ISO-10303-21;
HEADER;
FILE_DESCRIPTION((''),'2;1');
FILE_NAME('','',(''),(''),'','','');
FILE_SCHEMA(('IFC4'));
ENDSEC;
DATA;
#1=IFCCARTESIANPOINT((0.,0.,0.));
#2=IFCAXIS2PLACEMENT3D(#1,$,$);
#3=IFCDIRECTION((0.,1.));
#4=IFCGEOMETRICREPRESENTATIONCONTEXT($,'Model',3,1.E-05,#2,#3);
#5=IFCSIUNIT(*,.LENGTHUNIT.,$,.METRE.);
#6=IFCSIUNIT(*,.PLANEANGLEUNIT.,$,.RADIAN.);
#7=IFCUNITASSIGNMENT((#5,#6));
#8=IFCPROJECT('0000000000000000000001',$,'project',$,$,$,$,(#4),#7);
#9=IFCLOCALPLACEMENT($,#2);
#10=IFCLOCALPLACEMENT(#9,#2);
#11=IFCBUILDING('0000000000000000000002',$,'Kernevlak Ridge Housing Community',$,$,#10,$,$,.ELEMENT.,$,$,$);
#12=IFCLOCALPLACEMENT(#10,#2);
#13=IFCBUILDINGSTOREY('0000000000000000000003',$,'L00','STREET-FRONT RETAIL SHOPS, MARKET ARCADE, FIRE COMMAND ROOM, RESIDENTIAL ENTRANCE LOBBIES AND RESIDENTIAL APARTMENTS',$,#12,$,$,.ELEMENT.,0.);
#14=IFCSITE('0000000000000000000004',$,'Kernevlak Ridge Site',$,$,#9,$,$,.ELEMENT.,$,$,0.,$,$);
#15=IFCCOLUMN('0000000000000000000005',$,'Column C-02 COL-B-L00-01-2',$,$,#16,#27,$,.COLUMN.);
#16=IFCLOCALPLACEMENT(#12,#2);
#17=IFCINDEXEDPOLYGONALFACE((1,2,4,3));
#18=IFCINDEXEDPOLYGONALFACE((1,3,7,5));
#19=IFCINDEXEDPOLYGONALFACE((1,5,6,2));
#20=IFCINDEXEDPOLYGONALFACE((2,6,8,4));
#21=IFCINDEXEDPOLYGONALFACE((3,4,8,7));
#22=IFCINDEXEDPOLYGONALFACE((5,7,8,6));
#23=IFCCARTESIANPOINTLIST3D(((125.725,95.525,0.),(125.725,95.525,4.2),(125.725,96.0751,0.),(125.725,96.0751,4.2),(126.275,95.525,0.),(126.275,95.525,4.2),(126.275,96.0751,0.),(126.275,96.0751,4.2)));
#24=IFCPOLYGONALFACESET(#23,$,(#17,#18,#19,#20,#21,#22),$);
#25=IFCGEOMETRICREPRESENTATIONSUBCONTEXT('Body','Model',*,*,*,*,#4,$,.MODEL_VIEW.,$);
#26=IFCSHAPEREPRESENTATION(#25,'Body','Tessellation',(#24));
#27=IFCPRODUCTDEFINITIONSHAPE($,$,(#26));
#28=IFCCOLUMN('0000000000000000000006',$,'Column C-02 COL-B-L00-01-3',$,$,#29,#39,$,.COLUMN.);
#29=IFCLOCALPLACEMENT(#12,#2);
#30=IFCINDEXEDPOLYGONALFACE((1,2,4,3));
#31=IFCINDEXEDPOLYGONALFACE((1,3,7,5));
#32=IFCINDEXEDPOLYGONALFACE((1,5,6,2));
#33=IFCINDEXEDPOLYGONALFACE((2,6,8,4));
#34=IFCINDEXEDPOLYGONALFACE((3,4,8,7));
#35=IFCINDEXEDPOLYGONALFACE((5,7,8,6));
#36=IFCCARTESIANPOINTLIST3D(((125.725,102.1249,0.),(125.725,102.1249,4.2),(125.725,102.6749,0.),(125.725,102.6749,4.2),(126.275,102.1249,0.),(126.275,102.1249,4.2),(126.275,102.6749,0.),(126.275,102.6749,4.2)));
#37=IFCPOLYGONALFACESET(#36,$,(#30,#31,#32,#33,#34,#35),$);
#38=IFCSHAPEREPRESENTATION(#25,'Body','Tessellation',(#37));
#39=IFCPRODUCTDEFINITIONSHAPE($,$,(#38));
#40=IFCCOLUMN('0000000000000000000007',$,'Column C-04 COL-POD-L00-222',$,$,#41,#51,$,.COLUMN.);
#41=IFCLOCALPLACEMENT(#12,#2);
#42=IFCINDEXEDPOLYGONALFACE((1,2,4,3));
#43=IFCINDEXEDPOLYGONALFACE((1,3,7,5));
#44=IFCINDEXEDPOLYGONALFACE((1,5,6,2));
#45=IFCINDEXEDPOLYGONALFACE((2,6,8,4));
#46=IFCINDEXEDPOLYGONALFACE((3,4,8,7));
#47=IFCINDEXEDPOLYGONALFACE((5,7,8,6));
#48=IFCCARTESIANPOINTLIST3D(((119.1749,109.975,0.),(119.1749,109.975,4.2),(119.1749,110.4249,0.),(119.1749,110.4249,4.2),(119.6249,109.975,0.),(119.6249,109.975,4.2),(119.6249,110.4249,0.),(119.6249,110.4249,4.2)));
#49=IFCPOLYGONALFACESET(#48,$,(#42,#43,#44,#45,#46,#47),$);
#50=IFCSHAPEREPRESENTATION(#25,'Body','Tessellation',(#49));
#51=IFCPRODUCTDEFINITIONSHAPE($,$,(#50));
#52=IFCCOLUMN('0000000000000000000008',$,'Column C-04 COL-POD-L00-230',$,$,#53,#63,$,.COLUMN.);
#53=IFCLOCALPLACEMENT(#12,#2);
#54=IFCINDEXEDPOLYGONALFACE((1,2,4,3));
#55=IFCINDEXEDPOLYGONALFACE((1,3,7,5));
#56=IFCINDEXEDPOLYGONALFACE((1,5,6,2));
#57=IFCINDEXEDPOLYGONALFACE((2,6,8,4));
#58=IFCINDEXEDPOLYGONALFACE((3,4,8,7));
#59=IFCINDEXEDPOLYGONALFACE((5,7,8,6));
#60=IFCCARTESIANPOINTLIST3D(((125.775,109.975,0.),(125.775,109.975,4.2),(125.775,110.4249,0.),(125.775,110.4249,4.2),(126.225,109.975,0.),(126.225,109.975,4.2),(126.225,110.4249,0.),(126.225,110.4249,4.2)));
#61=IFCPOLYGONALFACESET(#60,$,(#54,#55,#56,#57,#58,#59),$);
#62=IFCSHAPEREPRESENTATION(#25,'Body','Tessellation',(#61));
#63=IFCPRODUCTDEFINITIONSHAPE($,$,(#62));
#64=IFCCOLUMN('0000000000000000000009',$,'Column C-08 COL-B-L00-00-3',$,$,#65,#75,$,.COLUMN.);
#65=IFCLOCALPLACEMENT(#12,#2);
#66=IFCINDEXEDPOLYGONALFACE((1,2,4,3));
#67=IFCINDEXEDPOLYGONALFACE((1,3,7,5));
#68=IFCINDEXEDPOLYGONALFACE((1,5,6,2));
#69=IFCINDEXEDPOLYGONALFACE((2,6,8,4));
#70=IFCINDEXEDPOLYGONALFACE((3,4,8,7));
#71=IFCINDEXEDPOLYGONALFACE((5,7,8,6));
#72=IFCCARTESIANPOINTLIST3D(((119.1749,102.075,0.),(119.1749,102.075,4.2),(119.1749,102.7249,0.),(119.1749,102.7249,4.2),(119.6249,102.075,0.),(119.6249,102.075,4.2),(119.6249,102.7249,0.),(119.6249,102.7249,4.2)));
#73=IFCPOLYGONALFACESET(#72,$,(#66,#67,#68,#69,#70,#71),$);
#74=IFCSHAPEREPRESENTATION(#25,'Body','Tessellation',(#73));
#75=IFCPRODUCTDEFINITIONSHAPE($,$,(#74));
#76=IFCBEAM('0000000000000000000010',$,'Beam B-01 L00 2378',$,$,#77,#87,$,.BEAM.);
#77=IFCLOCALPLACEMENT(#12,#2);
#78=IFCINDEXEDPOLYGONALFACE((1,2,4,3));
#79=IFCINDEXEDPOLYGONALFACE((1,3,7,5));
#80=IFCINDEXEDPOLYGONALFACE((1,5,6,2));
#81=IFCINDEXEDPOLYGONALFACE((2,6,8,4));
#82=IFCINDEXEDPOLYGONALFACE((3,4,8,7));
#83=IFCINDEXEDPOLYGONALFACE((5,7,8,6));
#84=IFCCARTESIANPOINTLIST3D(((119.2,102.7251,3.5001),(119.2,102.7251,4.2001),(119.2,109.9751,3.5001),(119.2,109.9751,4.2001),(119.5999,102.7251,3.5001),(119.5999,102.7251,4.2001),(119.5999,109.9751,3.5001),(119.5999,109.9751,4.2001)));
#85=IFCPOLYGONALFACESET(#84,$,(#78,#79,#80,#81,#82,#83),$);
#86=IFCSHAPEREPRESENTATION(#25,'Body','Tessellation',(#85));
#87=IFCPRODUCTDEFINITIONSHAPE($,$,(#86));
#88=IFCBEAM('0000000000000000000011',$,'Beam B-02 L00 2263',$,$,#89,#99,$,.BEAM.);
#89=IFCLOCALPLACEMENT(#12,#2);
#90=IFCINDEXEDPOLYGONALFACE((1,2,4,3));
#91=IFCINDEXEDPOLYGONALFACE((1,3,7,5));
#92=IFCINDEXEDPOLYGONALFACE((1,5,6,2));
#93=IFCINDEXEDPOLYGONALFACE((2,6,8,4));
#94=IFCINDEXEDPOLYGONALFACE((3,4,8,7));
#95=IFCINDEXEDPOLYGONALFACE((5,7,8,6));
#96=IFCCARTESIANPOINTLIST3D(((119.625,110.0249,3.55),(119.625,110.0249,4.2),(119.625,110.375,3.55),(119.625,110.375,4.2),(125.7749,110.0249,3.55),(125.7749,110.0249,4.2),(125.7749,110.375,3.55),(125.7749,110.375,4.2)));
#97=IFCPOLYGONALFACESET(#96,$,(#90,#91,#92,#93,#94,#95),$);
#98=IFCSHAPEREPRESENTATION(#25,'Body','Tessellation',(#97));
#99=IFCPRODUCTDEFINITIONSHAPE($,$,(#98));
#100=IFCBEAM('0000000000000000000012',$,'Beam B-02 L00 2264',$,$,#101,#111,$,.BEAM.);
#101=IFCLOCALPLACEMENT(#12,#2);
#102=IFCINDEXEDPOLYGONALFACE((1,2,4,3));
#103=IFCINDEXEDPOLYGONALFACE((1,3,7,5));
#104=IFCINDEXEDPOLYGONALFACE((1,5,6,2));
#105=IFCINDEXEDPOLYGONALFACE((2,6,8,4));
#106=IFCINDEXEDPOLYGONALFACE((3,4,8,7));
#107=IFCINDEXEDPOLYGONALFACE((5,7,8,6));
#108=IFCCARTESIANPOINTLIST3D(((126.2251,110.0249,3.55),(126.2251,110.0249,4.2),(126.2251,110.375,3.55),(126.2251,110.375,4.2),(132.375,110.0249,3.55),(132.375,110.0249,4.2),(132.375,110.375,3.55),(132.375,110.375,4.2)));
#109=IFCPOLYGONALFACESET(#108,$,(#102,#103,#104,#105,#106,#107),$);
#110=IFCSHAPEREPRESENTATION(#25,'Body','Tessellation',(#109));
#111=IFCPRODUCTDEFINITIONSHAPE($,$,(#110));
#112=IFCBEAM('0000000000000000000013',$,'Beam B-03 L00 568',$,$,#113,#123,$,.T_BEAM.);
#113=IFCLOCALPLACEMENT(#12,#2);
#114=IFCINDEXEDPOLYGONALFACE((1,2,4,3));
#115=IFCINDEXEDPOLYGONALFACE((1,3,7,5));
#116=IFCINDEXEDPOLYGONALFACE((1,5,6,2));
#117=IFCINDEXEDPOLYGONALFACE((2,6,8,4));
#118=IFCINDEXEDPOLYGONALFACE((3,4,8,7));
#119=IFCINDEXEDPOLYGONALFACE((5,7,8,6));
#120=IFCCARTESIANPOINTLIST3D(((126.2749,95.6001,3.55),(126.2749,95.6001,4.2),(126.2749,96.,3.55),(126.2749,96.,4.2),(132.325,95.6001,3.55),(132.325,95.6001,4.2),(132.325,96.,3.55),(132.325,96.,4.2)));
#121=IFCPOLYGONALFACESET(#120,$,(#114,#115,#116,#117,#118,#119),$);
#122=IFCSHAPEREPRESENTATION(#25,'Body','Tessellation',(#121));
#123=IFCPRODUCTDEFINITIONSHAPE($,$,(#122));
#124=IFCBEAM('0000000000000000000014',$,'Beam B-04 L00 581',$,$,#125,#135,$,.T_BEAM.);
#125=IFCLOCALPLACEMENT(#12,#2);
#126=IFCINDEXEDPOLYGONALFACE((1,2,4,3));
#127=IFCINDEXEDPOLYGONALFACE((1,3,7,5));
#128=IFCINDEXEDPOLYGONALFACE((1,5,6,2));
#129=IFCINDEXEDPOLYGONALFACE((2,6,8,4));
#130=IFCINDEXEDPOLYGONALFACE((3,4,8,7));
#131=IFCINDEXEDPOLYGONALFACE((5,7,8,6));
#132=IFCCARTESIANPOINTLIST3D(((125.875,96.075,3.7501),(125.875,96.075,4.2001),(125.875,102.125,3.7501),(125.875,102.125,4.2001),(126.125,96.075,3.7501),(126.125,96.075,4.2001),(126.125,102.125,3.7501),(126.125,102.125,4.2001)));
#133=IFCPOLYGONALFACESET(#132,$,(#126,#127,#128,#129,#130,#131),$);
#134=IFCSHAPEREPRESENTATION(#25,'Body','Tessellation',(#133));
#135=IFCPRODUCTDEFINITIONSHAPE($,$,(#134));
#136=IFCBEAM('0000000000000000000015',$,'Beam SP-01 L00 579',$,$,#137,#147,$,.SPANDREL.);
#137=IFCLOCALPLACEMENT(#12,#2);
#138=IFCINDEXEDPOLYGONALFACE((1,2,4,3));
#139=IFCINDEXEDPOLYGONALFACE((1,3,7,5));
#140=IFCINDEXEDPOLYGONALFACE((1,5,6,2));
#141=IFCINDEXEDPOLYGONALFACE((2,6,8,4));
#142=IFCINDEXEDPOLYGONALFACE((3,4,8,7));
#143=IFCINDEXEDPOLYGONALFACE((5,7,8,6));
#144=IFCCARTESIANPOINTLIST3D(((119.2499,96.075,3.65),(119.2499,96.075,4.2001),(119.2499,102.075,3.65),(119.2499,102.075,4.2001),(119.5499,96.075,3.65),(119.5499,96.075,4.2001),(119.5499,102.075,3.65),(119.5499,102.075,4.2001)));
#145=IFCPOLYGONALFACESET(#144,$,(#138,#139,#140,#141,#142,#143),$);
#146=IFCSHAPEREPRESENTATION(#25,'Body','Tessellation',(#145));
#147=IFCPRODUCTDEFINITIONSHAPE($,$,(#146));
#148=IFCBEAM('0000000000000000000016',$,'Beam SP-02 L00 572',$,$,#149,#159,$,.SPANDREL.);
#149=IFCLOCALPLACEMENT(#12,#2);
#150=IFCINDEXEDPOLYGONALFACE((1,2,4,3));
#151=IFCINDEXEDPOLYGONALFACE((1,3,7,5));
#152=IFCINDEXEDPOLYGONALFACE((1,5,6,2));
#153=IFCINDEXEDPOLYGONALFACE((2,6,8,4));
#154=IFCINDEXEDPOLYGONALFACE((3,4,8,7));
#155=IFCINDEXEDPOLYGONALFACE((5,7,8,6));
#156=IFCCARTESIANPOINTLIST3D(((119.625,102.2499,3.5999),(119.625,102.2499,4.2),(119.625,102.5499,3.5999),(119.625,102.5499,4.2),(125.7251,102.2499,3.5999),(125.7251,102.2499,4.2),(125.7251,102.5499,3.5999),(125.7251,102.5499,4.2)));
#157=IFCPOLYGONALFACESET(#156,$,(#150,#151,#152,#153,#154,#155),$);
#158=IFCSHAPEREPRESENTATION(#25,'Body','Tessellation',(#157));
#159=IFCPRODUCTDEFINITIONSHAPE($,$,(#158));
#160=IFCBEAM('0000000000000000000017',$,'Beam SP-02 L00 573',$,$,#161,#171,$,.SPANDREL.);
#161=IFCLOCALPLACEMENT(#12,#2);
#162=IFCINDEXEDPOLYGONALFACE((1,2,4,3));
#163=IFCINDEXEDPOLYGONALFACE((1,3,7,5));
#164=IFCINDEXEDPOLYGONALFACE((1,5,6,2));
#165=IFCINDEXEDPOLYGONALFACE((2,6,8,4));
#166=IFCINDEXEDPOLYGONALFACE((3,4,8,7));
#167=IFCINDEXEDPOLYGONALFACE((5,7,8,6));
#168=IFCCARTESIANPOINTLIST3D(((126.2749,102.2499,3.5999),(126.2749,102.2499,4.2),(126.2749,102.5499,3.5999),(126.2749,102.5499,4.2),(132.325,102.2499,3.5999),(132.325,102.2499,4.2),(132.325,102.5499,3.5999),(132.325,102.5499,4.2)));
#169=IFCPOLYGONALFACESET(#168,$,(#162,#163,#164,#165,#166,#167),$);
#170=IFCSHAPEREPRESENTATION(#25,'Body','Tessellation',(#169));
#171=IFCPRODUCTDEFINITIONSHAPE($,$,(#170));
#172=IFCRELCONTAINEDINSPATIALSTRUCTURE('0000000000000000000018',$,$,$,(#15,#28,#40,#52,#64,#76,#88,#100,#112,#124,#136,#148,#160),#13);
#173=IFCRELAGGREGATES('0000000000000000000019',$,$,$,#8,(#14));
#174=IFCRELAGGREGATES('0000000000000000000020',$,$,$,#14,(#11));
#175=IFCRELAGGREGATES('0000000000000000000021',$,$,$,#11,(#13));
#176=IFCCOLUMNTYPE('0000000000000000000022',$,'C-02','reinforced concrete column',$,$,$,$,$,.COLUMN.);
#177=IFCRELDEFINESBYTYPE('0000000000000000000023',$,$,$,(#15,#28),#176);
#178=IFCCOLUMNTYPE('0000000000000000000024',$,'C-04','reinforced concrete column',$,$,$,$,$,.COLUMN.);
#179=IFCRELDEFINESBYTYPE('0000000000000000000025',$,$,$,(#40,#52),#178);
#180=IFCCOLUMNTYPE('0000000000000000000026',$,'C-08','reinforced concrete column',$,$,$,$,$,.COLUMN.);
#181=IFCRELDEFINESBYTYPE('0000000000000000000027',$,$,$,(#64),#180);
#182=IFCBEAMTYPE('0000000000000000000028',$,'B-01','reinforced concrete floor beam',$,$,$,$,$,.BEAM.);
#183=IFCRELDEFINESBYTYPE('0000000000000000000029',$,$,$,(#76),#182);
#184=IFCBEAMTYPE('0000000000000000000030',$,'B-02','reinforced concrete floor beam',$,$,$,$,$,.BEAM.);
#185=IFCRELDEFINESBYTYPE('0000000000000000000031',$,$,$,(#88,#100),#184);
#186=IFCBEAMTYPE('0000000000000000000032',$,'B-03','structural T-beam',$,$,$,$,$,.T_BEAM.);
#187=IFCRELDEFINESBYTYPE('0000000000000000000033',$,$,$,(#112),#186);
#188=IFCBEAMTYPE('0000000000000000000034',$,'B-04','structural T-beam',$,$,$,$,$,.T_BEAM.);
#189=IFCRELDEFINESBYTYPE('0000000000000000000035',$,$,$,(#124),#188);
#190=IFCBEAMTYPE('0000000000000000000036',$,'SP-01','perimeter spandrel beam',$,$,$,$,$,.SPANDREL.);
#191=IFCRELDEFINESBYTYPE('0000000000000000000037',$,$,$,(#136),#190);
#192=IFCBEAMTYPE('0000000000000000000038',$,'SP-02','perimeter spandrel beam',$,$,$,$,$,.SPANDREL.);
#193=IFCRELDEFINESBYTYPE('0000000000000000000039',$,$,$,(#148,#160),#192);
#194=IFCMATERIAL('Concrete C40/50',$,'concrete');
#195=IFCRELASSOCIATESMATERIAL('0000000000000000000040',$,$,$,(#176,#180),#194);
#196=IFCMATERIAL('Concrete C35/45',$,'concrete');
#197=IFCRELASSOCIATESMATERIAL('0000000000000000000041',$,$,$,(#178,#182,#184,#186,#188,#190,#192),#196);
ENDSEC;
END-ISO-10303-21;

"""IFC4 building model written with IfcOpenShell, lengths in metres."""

from ifc_helpers import new_model, si_unit, direction, frame, origin, origin_2d, place, context, subcontext, project, spatial, rectangle, extrude, material, material_profile, profile_set, type_object, element, save


model = new_model("IFC4")

# Units and contexts
model_context = context("Model", 3, precision=1e-05, world=origin(), true_north=direction((0.0, 1.0)))
body_context = subcontext(model_context, "Body", "Model", "MODEL_VIEW")
ifc_project = project(units=[si_unit("LENGTHUNIT", "METRE"), si_unit("PLANEANGLEUNIT", "RADIAN")], contexts=[model_context])

# Site, building, storey
site_placement = place(None, origin())
site = spatial("IfcSite", under=ifc_project, at=site_placement, Name="Kernevlak Ridge Site", CompositionType="ELEMENT", RefElevation=0.0)
building_placement = place(site_placement, origin())
building = spatial("IfcBuilding", under=site, at=building_placement, Name="Kernevlak Ridge Housing Community", CompositionType="ELEMENT")
storey_placement = place(building_placement, origin())
storey = spatial("IfcBuildingStorey", under=building, at=storey_placement, Name="L00", Description="STREET-FRONT RETAIL SHOPS, MARKET ARCADE, FIRE COMMAND ROOM, RESIDENTIAL ENTRANCE LOBBIES AND RESIDENTIAL APARTMENTS", CompositionType="ELEMENT", Elevation=0.0)

# Columns
ifc_material_1 = material(Name="Concrete C40/50", Category="concrete")
ifc_material_profile_1 = material_profile(ifc_material_1, rectangle(XDim=0.55, YDim=0.55, at=origin_2d()), Name="RC 550x550")
ifc_profile_set_1 = profile_set([ifc_material_profile_1], Name="Concrete C40/50")
column_type_1 = type_object("IfcColumnType", Name="C-02", Description="reinforced concrete column", PredefinedType="COLUMN", material=ifc_profile_set_1)
for number, where, z_axis, x_axis, name in (
    (1, (126.0, 95.8, 0.0), (0.0, 0.0, 1.0), (1.0, 0.0, 0.0), "Column C-02 COL-B-L00-01-2"),
    (2, (126.0, 102.3999, 0.0), (0.0, 0.0, 1.0), (1.0, 0.0, 0.0), "Column C-02 COL-B-L00-01-3"),
):
    element("IfcColumn", number, at=place(storey_placement, frame(where, z_axis=z_axis, x_axis=x_axis)), inside=storey, type_object=column_type_1, Name=name, PredefinedType="COLUMN", context=body_context, shape_type="SweptSolid", body=[
        extrude(rectangle(XDim=0.55, YDim=0.55, at=origin_2d()), origin(), (0.0, 0.0, 1.0), 4.2),
    ])
ifc_material_2 = material(Name="Concrete C35/45", Category="concrete")
ifc_material_profile_2 = material_profile(ifc_material_2, rectangle(XDim=0.45, YDim=0.45, at=origin_2d()), Name="RC 450x450")
ifc_profile_set_2 = profile_set([ifc_material_profile_2], Name="Concrete C35/45")
column_type_2 = type_object("IfcColumnType", Name="C-04", Description="reinforced concrete column", PredefinedType="COLUMN", material=ifc_profile_set_2)
for number, where, z_axis, x_axis, name in (
    (3, (119.3999, 110.2, 0.0), (0.0, 0.0, 1.0), (1.0, 0.0, 0.0), "Column C-04 COL-POD-L00-222"),
    (4, (126.0, 110.2, 0.0), (0.0, 0.0, 1.0), (1.0, 0.0, 0.0), "Column C-04 COL-POD-L00-230"),
):
    element("IfcColumn", number, at=place(storey_placement, frame(where, z_axis=z_axis, x_axis=x_axis)), inside=storey, type_object=column_type_2, Name=name, PredefinedType="COLUMN", context=body_context, shape_type="SweptSolid", body=[
        extrude(rectangle(XDim=0.45, YDim=0.45, at=origin_2d()), origin(), (0.0, 0.0, 1.0), 4.2),
    ])
ifc_material_profile_3 = material_profile(ifc_material_1, rectangle(XDim=0.45, YDim=0.6499, at=origin_2d()), Name="RC 450x650")
ifc_profile_set_3 = profile_set([ifc_material_profile_3], Name="Concrete C40/50")
column_type_3 = type_object("IfcColumnType", Name="C-08", Description="reinforced concrete column", PredefinedType="COLUMN", material=ifc_profile_set_3)
column_placement = place(storey_placement, frame((119.3999, 102.3999, 0.0), z_axis=(0.0, 0.0, 1.0), x_axis=(1.0, 0.0, 0.0)))
element("IfcColumn", 5, at=column_placement, inside=storey, type_object=column_type_3, Name="Column C-08 COL-B-L00-00-3", PredefinedType="COLUMN", context=body_context, shape_type="SweptSolid", body=[
    extrude(rectangle(XDim=0.45, YDim=0.6499, at=origin_2d()), origin(), (0.0, 0.0, 1.0), 4.2),
])

# Beams
ifc_material_profile_4 = material_profile(ifc_material_2, rectangle(XDim=0.3999, YDim=0.7, at=origin_2d()), Name="RC 400x700")
ifc_profile_set_4 = profile_set([ifc_material_profile_4], Name="Concrete C35/45")
beam_type_1 = type_object("IfcBeamType", Name="B-01", Description="reinforced concrete floor beam", PredefinedType="BEAM", material=ifc_profile_set_4)
beam_1_placement = place(storey_placement, frame((119.3999, 102.7251, 3.8501), z_axis=(0.0, 1.0, 0.0), x_axis=(-1.0, 0.0, 0.0)))
element("IfcBeam", 6, at=beam_1_placement, inside=storey, type_object=beam_type_1, Name="Beam B-01 L00 2378", PredefinedType="BEAM", context=body_context, shape_type="SweptSolid", body=[
    extrude(rectangle(XDim=0.3999, YDim=0.7, at=origin_2d()), origin(), (0.0, 0.0, 1.0), 7.25),
])
ifc_material_profile_5 = material_profile(ifc_material_2, rectangle(XDim=0.3501, YDim=0.6499, at=origin_2d()), Name="RC 350x650")
ifc_profile_set_5 = profile_set([ifc_material_profile_5], Name="Concrete C35/45")
beam_type_2 = type_object("IfcBeamType", Name="B-02", Description="reinforced concrete floor beam", PredefinedType="BEAM", material=ifc_profile_set_5)
for number, where, z_axis, x_axis, name in (
    (7, (119.625, 110.2, 3.875), (1.0, 0.0, 0.0), (0.0, 1.0, 0.0), "Beam B-02 L00 2263"),
    (8, (126.2251, 110.2, 3.875), (1.0, 0.0, 0.0), (0.0, 1.0, 0.0), "Beam B-02 L00 2264"),
):
    element("IfcBeam", number, at=place(storey_placement, frame(where, z_axis=z_axis, x_axis=x_axis)), inside=storey, type_object=beam_type_2, Name=name, PredefinedType="BEAM", context=body_context, shape_type="SweptSolid", body=[
        extrude(rectangle(XDim=0.3501, YDim=0.6499, at=origin_2d()), origin(), (0.0, 0.0, 1.0), 6.1499),
    ])
ifc_material_profile_6 = material_profile(ifc_material_2, rectangle(XDim=0.3999, YDim=0.6499, at=origin_2d()), Name="RC 400x650")
ifc_profile_set_6 = profile_set([ifc_material_profile_6], Name="Concrete C35/45")
beam_type_3 = type_object("IfcBeamType", Name="B-03", Description="structural T-beam", PredefinedType="T_BEAM", material=ifc_profile_set_6)
beam_2_placement = place(storey_placement, frame((126.2749, 95.8, 3.875), z_axis=(1.0, 0.0, 0.0), x_axis=(0.0, 1.0, 0.0)))
element("IfcBeam", 9, at=beam_2_placement, inside=storey, type_object=beam_type_3, Name="Beam B-03 L00 568", PredefinedType="T_BEAM", context=body_context, shape_type="SweptSolid", body=[
    extrude(rectangle(XDim=0.3999, YDim=0.6499, at=origin_2d()), origin(), (0.0, 0.0, 1.0), 6.05),
])
ifc_material_profile_7 = material_profile(ifc_material_2, rectangle(XDim=0.25, YDim=0.45, at=origin_2d()), Name="RC 250x450")
ifc_profile_set_7 = profile_set([ifc_material_profile_7], Name="Concrete C35/45")
beam_type_4 = type_object("IfcBeamType", Name="B-04", Description="structural T-beam", PredefinedType="T_BEAM", material=ifc_profile_set_7)
beam_3_placement = place(storey_placement, frame((126.0, 96.075, 3.9751), z_axis=(0.0, 1.0, 0.0), x_axis=(-1.0, 0.0, 0.0)))
element("IfcBeam", 10, at=beam_3_placement, inside=storey, type_object=beam_type_4, Name="Beam B-04 L00 581", PredefinedType="T_BEAM", context=body_context, shape_type="SweptSolid", body=[
    extrude(rectangle(XDim=0.25, YDim=0.45, at=origin_2d()), origin(), (0.0, 0.0, 1.0), 6.05),
])
ifc_material_profile_8 = material_profile(ifc_material_2, rectangle(XDim=0.3, YDim=0.55, at=origin_2d()), Name="RC 300x550")
ifc_profile_set_8 = profile_set([ifc_material_profile_8], Name="Concrete C35/45")
beam_type_5 = type_object("IfcBeamType", Name="SP-01", Description="perimeter spandrel beam", PredefinedType="SPANDREL", material=ifc_profile_set_8)
beam_4_placement = place(storey_placement, frame((119.3999, 96.075, 3.925), z_axis=(0.0, 1.0, 0.0), x_axis=(-1.0, 0.0, 0.0)))
element("IfcBeam", 11, at=beam_4_placement, inside=storey, type_object=beam_type_5, Name="Beam SP-01 L00 579", PredefinedType="SPANDREL", context=body_context, shape_type="SweptSolid", body=[
    extrude(rectangle(XDim=0.3, YDim=0.55, at=origin_2d()), origin(), (0.0, 0.0, 1.0), 6.0),
])
ifc_material_profile_9 = material_profile(ifc_material_2, rectangle(XDim=0.3, YDim=0.6001, at=origin_2d()), Name="RC 300x600")
ifc_profile_set_9 = profile_set([ifc_material_profile_9], Name="Concrete C35/45")
beam_type_6 = type_object("IfcBeamType", Name="SP-02", Description="perimeter spandrel beam", PredefinedType="SPANDREL", material=ifc_profile_set_9)
beam_5_placement = place(storey_placement, frame((119.625, 102.3999, 3.8999), z_axis=(1.0, 0.0, 0.0), x_axis=(0.0, 1.0, 0.0)))
element("IfcBeam", 12, at=beam_5_placement, inside=storey, type_object=beam_type_6, Name="Beam SP-02 L00 572", PredefinedType="SPANDREL", context=body_context, shape_type="SweptSolid", body=[
    extrude(rectangle(XDim=0.3, YDim=0.6001, at=origin_2d()), origin(), (0.0, 0.0, 1.0), 6.1001),
])
beam_6_placement = place(storey_placement, frame((126.2749, 102.3999, 3.8999), z_axis=(1.0, 0.0, 0.0), x_axis=(0.0, 1.0, 0.0)))
element("IfcBeam", 13, at=beam_6_placement, inside=storey, type_object=beam_type_6, Name="Beam SP-02 L00 573", PredefinedType="SPANDREL", context=body_context, shape_type="SweptSolid", body=[
    extrude(rectangle(XDim=0.3, YDim=0.6001, at=origin_2d()), origin(), (0.0, 0.0, 1.0), 6.05),
])

save(model, "model.ifc")
